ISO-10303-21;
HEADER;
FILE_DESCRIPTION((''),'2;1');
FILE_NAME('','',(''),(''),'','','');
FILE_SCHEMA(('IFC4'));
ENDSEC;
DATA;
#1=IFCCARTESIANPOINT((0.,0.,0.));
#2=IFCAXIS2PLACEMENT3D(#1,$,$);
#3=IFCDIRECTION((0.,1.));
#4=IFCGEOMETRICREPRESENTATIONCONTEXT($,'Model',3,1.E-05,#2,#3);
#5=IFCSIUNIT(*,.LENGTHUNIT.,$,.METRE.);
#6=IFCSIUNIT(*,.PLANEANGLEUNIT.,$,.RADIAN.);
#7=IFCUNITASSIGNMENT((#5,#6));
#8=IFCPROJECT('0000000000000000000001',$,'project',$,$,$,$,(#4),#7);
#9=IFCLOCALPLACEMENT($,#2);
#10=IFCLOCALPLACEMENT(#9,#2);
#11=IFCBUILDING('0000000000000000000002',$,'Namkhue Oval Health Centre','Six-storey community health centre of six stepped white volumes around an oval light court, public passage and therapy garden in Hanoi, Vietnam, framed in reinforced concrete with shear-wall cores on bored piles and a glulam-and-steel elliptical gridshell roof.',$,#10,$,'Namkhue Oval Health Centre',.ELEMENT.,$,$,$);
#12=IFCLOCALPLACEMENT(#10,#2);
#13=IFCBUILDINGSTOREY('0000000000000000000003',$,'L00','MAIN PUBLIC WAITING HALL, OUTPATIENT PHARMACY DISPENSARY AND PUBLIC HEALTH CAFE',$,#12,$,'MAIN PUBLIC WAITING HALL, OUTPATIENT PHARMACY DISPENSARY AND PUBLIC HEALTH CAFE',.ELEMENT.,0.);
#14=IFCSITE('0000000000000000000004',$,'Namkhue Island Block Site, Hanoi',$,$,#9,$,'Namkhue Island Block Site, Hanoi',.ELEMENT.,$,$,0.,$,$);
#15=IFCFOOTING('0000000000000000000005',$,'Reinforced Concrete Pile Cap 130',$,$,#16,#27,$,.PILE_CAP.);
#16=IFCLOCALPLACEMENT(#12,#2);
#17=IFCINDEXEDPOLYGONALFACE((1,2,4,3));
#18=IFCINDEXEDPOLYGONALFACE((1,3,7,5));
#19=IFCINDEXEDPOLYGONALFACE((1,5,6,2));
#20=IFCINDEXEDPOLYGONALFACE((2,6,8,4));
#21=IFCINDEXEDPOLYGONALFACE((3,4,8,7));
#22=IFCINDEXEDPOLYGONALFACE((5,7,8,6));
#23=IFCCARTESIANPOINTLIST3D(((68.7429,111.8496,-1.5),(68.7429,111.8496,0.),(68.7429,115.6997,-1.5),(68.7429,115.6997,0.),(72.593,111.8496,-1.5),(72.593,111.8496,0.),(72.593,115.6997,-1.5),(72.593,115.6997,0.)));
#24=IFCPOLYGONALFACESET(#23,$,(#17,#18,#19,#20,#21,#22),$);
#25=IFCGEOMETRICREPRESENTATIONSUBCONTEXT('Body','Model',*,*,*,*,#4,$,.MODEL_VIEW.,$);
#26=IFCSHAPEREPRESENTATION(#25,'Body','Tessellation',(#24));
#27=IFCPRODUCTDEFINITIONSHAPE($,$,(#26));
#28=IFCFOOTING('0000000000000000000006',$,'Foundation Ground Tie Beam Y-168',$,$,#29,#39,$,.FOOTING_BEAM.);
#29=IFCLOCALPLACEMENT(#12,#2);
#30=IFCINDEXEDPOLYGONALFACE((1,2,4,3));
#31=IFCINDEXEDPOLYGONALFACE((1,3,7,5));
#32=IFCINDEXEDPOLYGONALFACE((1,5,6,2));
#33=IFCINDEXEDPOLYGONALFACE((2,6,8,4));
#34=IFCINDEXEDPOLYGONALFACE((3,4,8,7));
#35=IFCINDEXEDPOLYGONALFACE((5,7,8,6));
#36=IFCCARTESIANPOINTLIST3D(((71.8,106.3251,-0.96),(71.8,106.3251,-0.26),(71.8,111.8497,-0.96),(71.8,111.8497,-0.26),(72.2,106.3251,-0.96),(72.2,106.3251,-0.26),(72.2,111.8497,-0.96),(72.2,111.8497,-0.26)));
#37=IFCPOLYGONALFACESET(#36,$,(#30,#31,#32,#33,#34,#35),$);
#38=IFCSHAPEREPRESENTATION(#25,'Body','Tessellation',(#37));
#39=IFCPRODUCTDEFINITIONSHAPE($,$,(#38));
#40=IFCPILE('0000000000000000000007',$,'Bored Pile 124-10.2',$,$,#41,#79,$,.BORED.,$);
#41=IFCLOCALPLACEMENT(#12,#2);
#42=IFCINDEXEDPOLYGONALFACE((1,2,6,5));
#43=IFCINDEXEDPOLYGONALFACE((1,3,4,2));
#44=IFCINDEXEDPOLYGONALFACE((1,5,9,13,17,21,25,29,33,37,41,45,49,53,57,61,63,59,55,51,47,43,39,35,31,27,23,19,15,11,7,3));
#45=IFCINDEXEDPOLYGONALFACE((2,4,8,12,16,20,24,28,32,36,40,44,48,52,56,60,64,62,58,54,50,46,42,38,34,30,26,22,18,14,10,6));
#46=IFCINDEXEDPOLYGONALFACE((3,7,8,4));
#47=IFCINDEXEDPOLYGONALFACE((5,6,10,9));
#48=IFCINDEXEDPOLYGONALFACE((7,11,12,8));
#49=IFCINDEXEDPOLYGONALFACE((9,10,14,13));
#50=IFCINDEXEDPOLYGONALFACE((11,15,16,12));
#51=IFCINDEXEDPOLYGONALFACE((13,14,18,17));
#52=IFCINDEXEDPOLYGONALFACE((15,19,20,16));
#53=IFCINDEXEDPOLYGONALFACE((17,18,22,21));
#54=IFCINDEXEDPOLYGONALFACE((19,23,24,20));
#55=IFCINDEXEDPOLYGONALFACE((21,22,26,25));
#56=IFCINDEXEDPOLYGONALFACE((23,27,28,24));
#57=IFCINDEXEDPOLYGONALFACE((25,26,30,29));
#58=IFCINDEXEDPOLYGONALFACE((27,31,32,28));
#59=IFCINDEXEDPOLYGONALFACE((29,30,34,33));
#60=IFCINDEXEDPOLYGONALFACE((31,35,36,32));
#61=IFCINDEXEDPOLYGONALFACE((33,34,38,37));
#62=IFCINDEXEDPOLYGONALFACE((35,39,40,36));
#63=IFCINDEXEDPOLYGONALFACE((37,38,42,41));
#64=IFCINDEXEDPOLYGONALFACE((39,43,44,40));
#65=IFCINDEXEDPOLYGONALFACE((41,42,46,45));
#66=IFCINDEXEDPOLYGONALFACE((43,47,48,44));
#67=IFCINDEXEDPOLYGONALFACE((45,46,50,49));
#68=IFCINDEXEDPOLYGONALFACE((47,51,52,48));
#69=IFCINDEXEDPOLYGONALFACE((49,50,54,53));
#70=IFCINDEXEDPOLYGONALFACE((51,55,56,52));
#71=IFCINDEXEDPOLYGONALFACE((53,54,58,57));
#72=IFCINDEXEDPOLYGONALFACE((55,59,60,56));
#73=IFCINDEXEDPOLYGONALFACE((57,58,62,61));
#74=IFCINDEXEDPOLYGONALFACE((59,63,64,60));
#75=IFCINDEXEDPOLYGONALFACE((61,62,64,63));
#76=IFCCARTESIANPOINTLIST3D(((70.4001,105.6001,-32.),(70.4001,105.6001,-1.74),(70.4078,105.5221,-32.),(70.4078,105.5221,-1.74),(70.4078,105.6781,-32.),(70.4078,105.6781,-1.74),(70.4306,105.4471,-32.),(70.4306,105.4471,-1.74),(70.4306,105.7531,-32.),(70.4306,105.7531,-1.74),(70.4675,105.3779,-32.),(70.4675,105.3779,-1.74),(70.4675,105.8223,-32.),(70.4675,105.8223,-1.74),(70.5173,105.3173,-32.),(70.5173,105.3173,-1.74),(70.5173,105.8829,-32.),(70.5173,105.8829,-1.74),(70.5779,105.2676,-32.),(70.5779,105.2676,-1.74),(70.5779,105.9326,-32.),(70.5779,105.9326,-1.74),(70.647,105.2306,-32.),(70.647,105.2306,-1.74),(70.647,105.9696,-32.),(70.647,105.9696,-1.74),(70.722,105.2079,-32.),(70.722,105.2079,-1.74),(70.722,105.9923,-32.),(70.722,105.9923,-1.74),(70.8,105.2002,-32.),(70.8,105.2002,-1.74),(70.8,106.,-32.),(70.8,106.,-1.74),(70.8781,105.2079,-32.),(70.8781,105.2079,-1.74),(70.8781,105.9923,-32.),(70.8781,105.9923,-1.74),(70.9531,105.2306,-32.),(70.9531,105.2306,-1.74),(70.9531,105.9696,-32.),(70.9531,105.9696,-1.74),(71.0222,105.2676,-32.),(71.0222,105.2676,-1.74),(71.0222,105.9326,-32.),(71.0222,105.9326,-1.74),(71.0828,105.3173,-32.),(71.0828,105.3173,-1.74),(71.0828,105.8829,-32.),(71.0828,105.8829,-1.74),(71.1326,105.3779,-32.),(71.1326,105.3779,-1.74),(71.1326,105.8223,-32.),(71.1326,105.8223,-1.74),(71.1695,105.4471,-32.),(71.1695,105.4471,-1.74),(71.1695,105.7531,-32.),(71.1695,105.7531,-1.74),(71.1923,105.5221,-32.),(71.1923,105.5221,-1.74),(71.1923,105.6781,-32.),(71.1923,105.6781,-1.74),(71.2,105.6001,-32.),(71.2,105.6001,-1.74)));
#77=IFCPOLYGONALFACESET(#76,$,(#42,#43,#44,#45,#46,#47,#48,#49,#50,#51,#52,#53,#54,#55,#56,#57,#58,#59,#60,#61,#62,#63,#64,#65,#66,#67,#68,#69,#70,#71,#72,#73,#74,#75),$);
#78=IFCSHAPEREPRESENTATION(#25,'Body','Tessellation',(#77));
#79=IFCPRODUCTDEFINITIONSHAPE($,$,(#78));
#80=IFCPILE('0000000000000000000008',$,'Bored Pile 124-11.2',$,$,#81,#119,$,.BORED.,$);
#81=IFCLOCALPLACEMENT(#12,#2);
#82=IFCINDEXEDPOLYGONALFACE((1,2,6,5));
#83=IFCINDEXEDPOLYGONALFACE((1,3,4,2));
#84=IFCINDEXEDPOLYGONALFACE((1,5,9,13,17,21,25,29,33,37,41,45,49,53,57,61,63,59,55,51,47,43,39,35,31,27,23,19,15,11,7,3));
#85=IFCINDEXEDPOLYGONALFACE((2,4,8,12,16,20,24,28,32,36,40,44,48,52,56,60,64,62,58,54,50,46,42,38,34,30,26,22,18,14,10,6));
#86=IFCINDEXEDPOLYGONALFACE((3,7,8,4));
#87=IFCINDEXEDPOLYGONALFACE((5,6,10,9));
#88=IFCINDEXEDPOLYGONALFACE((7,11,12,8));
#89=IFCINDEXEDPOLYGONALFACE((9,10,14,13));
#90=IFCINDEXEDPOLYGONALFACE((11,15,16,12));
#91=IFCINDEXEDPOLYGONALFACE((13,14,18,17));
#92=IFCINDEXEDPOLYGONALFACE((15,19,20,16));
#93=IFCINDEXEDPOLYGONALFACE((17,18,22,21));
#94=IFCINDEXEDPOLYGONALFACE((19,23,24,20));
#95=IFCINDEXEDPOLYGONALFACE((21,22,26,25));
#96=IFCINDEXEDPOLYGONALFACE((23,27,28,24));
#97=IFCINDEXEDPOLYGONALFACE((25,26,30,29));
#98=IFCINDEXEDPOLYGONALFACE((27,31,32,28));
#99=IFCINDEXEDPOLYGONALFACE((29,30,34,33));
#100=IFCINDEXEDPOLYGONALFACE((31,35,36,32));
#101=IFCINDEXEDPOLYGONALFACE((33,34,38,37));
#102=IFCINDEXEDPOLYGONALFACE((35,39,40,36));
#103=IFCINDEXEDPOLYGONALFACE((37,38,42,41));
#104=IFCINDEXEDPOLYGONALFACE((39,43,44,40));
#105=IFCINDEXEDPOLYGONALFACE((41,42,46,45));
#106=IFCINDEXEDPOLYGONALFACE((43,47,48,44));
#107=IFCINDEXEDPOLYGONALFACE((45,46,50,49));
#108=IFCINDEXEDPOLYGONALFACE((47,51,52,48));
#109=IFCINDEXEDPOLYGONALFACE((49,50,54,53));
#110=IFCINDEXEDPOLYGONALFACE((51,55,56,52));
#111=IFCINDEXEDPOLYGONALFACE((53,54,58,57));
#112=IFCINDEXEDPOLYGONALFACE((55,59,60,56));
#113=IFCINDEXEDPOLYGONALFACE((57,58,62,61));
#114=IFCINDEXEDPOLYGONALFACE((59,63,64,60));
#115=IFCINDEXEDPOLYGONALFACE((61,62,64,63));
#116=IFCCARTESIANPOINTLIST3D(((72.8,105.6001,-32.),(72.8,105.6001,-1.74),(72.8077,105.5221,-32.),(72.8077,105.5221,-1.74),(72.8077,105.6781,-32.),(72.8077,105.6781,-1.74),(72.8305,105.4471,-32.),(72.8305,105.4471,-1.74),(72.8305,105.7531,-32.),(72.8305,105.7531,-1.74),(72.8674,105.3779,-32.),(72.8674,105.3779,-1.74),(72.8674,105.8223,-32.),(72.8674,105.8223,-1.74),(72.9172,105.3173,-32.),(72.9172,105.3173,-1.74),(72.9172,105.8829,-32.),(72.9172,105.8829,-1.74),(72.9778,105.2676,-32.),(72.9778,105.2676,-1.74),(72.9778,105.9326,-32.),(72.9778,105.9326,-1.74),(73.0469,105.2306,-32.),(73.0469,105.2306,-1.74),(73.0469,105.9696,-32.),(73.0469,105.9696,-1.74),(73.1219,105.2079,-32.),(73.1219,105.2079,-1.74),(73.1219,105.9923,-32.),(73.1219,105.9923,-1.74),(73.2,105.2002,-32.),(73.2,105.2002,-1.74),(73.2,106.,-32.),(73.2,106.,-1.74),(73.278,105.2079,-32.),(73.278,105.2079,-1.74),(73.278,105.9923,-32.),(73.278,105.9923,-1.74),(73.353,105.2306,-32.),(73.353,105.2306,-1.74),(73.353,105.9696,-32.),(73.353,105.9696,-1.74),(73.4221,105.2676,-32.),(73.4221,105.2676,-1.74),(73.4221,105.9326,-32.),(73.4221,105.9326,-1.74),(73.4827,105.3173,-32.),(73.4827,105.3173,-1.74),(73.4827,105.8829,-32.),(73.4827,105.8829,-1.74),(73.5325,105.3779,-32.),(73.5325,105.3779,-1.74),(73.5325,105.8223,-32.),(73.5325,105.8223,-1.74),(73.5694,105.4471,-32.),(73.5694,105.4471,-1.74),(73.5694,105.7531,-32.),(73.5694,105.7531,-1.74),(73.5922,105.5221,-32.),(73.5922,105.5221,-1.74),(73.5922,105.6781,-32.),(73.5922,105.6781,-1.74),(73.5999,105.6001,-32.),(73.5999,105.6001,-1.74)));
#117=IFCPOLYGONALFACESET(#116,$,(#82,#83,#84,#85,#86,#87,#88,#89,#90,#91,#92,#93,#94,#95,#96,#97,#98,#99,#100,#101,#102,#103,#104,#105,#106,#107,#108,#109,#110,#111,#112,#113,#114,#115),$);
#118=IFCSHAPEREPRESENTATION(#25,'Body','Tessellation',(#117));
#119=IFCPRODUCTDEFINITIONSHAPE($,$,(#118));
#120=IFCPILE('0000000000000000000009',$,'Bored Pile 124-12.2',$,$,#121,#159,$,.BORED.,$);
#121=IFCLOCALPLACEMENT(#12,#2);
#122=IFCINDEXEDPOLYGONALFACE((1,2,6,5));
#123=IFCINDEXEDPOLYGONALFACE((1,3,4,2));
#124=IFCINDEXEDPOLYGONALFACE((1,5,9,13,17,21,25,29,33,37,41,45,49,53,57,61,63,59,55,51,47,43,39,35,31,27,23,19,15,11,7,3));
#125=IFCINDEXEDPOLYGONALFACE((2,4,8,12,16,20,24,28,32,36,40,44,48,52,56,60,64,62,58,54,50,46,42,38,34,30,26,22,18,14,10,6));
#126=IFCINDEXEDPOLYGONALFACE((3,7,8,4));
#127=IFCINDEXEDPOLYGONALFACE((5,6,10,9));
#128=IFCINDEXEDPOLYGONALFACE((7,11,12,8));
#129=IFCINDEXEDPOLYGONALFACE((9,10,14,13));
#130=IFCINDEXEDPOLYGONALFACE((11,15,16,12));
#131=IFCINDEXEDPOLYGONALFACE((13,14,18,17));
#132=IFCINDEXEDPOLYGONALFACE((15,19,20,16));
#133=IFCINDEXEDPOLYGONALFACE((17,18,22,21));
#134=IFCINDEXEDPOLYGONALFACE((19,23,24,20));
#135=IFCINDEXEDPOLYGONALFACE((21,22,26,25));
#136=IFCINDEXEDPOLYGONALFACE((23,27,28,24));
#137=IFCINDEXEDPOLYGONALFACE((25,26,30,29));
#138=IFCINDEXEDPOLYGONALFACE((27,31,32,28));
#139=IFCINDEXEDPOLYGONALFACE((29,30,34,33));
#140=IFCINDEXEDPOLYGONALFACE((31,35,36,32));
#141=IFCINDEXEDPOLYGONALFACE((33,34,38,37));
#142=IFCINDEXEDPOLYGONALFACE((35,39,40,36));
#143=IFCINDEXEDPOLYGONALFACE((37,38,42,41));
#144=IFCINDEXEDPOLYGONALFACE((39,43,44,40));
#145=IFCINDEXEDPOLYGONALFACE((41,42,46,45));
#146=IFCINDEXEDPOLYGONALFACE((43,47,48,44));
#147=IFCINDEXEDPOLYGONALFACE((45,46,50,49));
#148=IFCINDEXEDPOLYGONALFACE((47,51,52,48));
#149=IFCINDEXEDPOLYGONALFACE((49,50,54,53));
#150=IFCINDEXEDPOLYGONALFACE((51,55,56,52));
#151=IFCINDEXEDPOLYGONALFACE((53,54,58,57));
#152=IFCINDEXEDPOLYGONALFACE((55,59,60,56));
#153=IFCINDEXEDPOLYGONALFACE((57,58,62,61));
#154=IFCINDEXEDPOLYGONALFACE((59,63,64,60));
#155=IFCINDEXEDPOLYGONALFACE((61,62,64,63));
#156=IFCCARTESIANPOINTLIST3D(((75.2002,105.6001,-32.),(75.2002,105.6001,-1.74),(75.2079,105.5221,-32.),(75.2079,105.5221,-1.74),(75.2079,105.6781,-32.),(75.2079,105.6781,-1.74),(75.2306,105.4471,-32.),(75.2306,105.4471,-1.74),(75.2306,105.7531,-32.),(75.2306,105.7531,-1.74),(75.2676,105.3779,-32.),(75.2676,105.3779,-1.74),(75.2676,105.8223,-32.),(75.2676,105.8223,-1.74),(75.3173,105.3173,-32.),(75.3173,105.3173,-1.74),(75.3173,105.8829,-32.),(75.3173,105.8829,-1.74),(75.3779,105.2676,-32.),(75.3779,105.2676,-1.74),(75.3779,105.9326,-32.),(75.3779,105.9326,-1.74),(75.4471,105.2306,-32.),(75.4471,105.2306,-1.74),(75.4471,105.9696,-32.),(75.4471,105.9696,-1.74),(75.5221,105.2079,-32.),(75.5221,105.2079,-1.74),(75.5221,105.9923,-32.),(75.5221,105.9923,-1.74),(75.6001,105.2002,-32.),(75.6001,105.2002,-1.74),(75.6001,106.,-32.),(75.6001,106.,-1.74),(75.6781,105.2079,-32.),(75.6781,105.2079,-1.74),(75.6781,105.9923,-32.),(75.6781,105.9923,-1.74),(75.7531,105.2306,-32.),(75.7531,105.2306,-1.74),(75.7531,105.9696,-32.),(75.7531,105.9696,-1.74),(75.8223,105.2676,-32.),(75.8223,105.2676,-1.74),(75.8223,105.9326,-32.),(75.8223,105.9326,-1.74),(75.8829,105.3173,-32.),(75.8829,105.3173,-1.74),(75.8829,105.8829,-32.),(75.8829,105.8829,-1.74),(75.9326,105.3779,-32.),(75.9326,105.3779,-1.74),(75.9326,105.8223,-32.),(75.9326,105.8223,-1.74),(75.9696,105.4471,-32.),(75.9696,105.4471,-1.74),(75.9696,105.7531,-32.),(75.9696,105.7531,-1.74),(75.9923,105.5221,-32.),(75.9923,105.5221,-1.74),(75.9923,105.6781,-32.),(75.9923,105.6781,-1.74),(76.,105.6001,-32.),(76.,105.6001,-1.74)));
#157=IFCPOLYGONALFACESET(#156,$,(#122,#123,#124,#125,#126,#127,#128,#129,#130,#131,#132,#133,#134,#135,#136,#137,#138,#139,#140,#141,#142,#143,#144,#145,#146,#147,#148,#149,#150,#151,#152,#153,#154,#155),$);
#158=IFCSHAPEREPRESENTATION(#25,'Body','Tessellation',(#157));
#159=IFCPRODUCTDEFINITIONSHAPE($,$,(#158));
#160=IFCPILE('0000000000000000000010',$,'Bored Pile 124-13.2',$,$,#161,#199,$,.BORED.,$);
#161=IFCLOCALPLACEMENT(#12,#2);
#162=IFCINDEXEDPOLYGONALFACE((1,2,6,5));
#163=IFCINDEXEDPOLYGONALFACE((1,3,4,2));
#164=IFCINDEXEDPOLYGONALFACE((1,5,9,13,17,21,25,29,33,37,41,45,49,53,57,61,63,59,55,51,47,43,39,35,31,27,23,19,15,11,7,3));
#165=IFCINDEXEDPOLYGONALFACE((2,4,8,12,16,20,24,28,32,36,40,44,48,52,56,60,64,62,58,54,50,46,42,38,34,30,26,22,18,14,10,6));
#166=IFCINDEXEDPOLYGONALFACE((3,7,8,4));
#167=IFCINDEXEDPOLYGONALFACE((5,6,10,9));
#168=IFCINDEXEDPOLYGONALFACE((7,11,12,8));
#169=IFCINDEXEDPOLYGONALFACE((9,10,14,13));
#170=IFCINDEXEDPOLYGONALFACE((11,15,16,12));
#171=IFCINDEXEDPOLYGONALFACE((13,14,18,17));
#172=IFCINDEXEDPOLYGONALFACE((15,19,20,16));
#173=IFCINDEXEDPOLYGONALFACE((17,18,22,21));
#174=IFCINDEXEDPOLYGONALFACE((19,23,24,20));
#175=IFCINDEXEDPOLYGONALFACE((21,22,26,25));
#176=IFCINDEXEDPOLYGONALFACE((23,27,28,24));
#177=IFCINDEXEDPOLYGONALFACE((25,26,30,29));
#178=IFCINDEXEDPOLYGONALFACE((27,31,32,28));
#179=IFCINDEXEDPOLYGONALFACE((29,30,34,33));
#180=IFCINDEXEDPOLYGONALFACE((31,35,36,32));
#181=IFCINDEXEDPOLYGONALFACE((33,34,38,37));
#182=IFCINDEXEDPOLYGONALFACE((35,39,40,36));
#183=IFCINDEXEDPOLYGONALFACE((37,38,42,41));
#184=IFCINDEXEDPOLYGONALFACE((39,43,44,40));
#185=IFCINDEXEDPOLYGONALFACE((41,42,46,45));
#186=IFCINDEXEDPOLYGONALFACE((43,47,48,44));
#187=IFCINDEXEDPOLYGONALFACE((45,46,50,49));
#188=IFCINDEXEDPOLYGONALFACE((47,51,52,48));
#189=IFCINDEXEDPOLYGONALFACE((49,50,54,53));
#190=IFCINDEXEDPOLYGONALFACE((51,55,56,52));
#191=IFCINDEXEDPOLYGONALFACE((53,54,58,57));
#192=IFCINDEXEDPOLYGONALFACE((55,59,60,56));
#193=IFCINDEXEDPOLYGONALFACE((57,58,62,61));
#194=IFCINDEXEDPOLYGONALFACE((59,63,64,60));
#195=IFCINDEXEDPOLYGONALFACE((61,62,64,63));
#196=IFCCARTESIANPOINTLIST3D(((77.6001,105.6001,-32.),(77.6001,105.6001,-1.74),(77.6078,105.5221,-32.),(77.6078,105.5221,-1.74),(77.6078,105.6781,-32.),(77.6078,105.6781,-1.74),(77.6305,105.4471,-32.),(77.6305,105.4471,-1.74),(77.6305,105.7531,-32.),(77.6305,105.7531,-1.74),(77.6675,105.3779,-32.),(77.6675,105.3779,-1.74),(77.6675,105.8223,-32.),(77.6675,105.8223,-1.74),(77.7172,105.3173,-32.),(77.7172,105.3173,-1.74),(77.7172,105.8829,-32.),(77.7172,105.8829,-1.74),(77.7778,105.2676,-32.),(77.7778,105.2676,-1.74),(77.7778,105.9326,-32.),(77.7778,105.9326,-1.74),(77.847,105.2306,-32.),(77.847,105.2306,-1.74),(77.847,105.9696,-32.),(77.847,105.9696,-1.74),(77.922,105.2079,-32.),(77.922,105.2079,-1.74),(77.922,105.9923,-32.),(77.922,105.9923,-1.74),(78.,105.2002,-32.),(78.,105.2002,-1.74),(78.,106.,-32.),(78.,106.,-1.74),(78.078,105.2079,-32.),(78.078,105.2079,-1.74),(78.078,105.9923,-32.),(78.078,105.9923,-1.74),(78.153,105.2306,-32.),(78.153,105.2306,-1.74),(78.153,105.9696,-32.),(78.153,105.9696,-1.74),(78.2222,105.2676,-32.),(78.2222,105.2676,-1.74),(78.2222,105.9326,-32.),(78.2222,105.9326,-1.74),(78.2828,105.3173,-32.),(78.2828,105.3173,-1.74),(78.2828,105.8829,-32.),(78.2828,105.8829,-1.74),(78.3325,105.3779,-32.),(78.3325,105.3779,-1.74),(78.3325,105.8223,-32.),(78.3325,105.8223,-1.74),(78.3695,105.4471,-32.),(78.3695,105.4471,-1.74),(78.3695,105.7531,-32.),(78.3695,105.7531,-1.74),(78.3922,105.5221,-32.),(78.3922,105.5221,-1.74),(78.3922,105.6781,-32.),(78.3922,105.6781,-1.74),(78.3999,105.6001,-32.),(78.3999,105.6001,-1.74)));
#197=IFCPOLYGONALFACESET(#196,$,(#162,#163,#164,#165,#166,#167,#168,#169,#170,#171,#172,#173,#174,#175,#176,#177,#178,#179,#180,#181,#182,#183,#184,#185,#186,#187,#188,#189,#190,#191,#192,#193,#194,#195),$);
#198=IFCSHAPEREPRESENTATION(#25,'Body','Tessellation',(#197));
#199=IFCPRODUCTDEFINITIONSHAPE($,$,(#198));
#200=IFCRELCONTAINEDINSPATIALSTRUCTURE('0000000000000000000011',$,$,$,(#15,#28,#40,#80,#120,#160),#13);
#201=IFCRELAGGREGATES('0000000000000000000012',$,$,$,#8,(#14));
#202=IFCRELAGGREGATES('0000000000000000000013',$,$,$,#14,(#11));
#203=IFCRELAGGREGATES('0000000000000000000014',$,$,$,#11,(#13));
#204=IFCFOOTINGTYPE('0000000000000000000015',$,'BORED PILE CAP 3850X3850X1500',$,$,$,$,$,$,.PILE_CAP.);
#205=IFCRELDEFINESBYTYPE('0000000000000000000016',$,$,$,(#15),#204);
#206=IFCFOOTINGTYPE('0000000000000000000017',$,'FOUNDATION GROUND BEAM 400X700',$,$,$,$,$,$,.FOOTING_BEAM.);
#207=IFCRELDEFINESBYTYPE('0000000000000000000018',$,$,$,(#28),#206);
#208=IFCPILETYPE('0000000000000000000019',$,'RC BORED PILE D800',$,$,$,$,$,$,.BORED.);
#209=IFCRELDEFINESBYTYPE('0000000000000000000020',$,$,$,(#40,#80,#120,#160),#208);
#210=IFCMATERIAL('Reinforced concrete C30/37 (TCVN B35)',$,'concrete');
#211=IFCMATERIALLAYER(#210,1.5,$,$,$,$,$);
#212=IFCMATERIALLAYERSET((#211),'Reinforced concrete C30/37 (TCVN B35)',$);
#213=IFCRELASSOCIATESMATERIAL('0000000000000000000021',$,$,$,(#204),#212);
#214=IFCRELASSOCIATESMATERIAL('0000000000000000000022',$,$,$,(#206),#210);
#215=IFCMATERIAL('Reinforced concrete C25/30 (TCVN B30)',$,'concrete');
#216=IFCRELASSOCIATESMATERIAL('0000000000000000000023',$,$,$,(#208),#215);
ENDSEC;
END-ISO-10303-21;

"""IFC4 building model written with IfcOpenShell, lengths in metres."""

from ifc_helpers import new_model, si_unit, direction, frame, origin, origin_2d, place, context, subcontext, project, spatial, rectangle, circle, extrude, material, layer, layer_set, material_profile, profile_set, type_object, element, save


model = new_model("IFC4")

# Units and contexts
model_context = context("Model", 3, precision=1e-05, world=origin(), true_north=direction((0.0, 1.0)))
body_context = subcontext(model_context, "Body", "Model", "MODEL_VIEW")
ifc_project = project(units=[si_unit("LENGTHUNIT", "METRE"), si_unit("PLANEANGLEUNIT", "RADIAN")], contexts=[model_context])

# Site, building, storey
site_placement = place(None, origin())
site = spatial("IfcSite", under=ifc_project, at=site_placement, Name="Namkhue Island Block Site, Hanoi", LongName="Namkhue Island Block Site, Hanoi", CompositionType="ELEMENT", RefElevation=0.0)
building_placement = place(site_placement, origin())
building = spatial("IfcBuilding", under=site, at=building_placement, Name="Namkhue Oval Health Centre", Description="Six-storey community health centre of six stepped white volumes around an oval light court, public passage and therapy garden in Hanoi, Vietnam, framed in reinforced concrete with shear-wall cores on bored piles and a glulam-and-steel elliptical gridshell roof.", LongName="Namkhue Oval Health Centre", CompositionType="ELEMENT")
storey_placement = place(building_placement, origin())
storey = spatial("IfcBuildingStorey", under=building, at=storey_placement, Name="L00", Description="MAIN PUBLIC WAITING HALL, OUTPATIENT PHARMACY DISPENSARY AND PUBLIC HEALTH CAFE", LongName="MAIN PUBLIC WAITING HALL, OUTPATIENT PHARMACY DISPENSARY AND PUBLIC HEALTH CAFE", CompositionType="ELEMENT", Elevation=0.0)

# Footings
ifc_material_1 = material(Name="Reinforced concrete C30/37 (TCVN B35)", Category="concrete")
ifc_layer_1 = layer(ifc_material_1, 1.5)
ifc_layer_set_1 = layer_set([ifc_layer_1], Name="Reinforced concrete C30/37 (TCVN B35)")
footing_type_1 = type_object("IfcFootingType", Name="BORED PILE CAP 3850X3850X1500", PredefinedType="PILE_CAP", material=ifc_layer_set_1)
footing_1_placement = place(storey_placement, frame((70.668, 113.7747, -1.5), z_axis=(0.0, 0.0, 1.0), x_axis=(1.0, 0.0, 0.0)))
element("IfcFooting", 1, at=footing_1_placement, inside=storey, type_object=footing_type_1, Name="Reinforced Concrete Pile Cap 130", PredefinedType="PILE_CAP", context=body_context, shape_type="SweptSolid", body=[
    extrude(rectangle(XDim=3.8501, YDim=3.8501, at=origin_2d()), origin(), (0.0, 0.0, 1.0), 1.5),
])
footing_type_2 = type_object("IfcFootingType", Name="FOUNDATION GROUND BEAM 400X700", PredefinedType="FOOTING_BEAM", material=ifc_material_1)
footing_2_placement = place(storey_placement, frame((72.0, 109.0874, -0.96), z_axis=(0.0, 0.0, 1.0), x_axis=(0.0, 1.0, 0.0)))
element("IfcFooting", 2, at=footing_2_placement, inside=storey, type_object=footing_type_2, Name="Foundation Ground Tie Beam Y-168", PredefinedType="FOOTING_BEAM", context=body_context, shape_type="SweptSolid", body=[
    extrude(rectangle(XDim=5.5247, YDim=0.3999, at=origin_2d()), origin(), (0.0, 0.0, 1.0), 0.7),
])

# Piles
ifc_material_2 = material(Name="Reinforced concrete C25/30 (TCVN B30)", Category="concrete")
ifc_material_profile_1 = material_profile(ifc_material_2, circle(Radius=0.3999, at=origin_2d()), Name="BORED PILE D800")
ifc_profile_set_1 = profile_set([ifc_material_profile_1], Name="Reinforced concrete C25/30 (TCVN B30)")
pile_type = type_object("IfcPileType", Name="RC BORED PILE D800", PredefinedType="BORED", material=ifc_profile_set_1)
for number, where, z_axis, x_axis, name in (
    (3, (70.8, 105.6001, -1.74), (0.0, 0.0, -1.0), (1.0, 0.0, 0.0), "Bored Pile 124-10.2"),
    (4, (73.2, 105.6001, -1.74), (0.0, 0.0, -1.0), (1.0, 0.0, 0.0), "Bored Pile 124-11.2"),
    (5, (75.6001, 105.6001, -1.74), (0.0, 0.0, -1.0), (1.0, 0.0, 0.0), "Bored Pile 124-12.2"),
    (6, (78.0, 105.6001, -1.74), (0.0, 0.0, -1.0), (1.0, 0.0, 0.0), "Bored Pile 124-13.2"),
):
    element("IfcPile", number, at=place(storey_placement, frame(where, z_axis=z_axis, x_axis=x_axis)), inside=storey, type_object=pile_type, Name=name, PredefinedType="BORED", context=body_context, shape_type="SweptSolid", body=[
        extrude(circle(Radius=0.3999, at=origin_2d()), origin(), (0.0, 0.0, 1.0), 30.26),
    ])

save(model, "model.ifc")
